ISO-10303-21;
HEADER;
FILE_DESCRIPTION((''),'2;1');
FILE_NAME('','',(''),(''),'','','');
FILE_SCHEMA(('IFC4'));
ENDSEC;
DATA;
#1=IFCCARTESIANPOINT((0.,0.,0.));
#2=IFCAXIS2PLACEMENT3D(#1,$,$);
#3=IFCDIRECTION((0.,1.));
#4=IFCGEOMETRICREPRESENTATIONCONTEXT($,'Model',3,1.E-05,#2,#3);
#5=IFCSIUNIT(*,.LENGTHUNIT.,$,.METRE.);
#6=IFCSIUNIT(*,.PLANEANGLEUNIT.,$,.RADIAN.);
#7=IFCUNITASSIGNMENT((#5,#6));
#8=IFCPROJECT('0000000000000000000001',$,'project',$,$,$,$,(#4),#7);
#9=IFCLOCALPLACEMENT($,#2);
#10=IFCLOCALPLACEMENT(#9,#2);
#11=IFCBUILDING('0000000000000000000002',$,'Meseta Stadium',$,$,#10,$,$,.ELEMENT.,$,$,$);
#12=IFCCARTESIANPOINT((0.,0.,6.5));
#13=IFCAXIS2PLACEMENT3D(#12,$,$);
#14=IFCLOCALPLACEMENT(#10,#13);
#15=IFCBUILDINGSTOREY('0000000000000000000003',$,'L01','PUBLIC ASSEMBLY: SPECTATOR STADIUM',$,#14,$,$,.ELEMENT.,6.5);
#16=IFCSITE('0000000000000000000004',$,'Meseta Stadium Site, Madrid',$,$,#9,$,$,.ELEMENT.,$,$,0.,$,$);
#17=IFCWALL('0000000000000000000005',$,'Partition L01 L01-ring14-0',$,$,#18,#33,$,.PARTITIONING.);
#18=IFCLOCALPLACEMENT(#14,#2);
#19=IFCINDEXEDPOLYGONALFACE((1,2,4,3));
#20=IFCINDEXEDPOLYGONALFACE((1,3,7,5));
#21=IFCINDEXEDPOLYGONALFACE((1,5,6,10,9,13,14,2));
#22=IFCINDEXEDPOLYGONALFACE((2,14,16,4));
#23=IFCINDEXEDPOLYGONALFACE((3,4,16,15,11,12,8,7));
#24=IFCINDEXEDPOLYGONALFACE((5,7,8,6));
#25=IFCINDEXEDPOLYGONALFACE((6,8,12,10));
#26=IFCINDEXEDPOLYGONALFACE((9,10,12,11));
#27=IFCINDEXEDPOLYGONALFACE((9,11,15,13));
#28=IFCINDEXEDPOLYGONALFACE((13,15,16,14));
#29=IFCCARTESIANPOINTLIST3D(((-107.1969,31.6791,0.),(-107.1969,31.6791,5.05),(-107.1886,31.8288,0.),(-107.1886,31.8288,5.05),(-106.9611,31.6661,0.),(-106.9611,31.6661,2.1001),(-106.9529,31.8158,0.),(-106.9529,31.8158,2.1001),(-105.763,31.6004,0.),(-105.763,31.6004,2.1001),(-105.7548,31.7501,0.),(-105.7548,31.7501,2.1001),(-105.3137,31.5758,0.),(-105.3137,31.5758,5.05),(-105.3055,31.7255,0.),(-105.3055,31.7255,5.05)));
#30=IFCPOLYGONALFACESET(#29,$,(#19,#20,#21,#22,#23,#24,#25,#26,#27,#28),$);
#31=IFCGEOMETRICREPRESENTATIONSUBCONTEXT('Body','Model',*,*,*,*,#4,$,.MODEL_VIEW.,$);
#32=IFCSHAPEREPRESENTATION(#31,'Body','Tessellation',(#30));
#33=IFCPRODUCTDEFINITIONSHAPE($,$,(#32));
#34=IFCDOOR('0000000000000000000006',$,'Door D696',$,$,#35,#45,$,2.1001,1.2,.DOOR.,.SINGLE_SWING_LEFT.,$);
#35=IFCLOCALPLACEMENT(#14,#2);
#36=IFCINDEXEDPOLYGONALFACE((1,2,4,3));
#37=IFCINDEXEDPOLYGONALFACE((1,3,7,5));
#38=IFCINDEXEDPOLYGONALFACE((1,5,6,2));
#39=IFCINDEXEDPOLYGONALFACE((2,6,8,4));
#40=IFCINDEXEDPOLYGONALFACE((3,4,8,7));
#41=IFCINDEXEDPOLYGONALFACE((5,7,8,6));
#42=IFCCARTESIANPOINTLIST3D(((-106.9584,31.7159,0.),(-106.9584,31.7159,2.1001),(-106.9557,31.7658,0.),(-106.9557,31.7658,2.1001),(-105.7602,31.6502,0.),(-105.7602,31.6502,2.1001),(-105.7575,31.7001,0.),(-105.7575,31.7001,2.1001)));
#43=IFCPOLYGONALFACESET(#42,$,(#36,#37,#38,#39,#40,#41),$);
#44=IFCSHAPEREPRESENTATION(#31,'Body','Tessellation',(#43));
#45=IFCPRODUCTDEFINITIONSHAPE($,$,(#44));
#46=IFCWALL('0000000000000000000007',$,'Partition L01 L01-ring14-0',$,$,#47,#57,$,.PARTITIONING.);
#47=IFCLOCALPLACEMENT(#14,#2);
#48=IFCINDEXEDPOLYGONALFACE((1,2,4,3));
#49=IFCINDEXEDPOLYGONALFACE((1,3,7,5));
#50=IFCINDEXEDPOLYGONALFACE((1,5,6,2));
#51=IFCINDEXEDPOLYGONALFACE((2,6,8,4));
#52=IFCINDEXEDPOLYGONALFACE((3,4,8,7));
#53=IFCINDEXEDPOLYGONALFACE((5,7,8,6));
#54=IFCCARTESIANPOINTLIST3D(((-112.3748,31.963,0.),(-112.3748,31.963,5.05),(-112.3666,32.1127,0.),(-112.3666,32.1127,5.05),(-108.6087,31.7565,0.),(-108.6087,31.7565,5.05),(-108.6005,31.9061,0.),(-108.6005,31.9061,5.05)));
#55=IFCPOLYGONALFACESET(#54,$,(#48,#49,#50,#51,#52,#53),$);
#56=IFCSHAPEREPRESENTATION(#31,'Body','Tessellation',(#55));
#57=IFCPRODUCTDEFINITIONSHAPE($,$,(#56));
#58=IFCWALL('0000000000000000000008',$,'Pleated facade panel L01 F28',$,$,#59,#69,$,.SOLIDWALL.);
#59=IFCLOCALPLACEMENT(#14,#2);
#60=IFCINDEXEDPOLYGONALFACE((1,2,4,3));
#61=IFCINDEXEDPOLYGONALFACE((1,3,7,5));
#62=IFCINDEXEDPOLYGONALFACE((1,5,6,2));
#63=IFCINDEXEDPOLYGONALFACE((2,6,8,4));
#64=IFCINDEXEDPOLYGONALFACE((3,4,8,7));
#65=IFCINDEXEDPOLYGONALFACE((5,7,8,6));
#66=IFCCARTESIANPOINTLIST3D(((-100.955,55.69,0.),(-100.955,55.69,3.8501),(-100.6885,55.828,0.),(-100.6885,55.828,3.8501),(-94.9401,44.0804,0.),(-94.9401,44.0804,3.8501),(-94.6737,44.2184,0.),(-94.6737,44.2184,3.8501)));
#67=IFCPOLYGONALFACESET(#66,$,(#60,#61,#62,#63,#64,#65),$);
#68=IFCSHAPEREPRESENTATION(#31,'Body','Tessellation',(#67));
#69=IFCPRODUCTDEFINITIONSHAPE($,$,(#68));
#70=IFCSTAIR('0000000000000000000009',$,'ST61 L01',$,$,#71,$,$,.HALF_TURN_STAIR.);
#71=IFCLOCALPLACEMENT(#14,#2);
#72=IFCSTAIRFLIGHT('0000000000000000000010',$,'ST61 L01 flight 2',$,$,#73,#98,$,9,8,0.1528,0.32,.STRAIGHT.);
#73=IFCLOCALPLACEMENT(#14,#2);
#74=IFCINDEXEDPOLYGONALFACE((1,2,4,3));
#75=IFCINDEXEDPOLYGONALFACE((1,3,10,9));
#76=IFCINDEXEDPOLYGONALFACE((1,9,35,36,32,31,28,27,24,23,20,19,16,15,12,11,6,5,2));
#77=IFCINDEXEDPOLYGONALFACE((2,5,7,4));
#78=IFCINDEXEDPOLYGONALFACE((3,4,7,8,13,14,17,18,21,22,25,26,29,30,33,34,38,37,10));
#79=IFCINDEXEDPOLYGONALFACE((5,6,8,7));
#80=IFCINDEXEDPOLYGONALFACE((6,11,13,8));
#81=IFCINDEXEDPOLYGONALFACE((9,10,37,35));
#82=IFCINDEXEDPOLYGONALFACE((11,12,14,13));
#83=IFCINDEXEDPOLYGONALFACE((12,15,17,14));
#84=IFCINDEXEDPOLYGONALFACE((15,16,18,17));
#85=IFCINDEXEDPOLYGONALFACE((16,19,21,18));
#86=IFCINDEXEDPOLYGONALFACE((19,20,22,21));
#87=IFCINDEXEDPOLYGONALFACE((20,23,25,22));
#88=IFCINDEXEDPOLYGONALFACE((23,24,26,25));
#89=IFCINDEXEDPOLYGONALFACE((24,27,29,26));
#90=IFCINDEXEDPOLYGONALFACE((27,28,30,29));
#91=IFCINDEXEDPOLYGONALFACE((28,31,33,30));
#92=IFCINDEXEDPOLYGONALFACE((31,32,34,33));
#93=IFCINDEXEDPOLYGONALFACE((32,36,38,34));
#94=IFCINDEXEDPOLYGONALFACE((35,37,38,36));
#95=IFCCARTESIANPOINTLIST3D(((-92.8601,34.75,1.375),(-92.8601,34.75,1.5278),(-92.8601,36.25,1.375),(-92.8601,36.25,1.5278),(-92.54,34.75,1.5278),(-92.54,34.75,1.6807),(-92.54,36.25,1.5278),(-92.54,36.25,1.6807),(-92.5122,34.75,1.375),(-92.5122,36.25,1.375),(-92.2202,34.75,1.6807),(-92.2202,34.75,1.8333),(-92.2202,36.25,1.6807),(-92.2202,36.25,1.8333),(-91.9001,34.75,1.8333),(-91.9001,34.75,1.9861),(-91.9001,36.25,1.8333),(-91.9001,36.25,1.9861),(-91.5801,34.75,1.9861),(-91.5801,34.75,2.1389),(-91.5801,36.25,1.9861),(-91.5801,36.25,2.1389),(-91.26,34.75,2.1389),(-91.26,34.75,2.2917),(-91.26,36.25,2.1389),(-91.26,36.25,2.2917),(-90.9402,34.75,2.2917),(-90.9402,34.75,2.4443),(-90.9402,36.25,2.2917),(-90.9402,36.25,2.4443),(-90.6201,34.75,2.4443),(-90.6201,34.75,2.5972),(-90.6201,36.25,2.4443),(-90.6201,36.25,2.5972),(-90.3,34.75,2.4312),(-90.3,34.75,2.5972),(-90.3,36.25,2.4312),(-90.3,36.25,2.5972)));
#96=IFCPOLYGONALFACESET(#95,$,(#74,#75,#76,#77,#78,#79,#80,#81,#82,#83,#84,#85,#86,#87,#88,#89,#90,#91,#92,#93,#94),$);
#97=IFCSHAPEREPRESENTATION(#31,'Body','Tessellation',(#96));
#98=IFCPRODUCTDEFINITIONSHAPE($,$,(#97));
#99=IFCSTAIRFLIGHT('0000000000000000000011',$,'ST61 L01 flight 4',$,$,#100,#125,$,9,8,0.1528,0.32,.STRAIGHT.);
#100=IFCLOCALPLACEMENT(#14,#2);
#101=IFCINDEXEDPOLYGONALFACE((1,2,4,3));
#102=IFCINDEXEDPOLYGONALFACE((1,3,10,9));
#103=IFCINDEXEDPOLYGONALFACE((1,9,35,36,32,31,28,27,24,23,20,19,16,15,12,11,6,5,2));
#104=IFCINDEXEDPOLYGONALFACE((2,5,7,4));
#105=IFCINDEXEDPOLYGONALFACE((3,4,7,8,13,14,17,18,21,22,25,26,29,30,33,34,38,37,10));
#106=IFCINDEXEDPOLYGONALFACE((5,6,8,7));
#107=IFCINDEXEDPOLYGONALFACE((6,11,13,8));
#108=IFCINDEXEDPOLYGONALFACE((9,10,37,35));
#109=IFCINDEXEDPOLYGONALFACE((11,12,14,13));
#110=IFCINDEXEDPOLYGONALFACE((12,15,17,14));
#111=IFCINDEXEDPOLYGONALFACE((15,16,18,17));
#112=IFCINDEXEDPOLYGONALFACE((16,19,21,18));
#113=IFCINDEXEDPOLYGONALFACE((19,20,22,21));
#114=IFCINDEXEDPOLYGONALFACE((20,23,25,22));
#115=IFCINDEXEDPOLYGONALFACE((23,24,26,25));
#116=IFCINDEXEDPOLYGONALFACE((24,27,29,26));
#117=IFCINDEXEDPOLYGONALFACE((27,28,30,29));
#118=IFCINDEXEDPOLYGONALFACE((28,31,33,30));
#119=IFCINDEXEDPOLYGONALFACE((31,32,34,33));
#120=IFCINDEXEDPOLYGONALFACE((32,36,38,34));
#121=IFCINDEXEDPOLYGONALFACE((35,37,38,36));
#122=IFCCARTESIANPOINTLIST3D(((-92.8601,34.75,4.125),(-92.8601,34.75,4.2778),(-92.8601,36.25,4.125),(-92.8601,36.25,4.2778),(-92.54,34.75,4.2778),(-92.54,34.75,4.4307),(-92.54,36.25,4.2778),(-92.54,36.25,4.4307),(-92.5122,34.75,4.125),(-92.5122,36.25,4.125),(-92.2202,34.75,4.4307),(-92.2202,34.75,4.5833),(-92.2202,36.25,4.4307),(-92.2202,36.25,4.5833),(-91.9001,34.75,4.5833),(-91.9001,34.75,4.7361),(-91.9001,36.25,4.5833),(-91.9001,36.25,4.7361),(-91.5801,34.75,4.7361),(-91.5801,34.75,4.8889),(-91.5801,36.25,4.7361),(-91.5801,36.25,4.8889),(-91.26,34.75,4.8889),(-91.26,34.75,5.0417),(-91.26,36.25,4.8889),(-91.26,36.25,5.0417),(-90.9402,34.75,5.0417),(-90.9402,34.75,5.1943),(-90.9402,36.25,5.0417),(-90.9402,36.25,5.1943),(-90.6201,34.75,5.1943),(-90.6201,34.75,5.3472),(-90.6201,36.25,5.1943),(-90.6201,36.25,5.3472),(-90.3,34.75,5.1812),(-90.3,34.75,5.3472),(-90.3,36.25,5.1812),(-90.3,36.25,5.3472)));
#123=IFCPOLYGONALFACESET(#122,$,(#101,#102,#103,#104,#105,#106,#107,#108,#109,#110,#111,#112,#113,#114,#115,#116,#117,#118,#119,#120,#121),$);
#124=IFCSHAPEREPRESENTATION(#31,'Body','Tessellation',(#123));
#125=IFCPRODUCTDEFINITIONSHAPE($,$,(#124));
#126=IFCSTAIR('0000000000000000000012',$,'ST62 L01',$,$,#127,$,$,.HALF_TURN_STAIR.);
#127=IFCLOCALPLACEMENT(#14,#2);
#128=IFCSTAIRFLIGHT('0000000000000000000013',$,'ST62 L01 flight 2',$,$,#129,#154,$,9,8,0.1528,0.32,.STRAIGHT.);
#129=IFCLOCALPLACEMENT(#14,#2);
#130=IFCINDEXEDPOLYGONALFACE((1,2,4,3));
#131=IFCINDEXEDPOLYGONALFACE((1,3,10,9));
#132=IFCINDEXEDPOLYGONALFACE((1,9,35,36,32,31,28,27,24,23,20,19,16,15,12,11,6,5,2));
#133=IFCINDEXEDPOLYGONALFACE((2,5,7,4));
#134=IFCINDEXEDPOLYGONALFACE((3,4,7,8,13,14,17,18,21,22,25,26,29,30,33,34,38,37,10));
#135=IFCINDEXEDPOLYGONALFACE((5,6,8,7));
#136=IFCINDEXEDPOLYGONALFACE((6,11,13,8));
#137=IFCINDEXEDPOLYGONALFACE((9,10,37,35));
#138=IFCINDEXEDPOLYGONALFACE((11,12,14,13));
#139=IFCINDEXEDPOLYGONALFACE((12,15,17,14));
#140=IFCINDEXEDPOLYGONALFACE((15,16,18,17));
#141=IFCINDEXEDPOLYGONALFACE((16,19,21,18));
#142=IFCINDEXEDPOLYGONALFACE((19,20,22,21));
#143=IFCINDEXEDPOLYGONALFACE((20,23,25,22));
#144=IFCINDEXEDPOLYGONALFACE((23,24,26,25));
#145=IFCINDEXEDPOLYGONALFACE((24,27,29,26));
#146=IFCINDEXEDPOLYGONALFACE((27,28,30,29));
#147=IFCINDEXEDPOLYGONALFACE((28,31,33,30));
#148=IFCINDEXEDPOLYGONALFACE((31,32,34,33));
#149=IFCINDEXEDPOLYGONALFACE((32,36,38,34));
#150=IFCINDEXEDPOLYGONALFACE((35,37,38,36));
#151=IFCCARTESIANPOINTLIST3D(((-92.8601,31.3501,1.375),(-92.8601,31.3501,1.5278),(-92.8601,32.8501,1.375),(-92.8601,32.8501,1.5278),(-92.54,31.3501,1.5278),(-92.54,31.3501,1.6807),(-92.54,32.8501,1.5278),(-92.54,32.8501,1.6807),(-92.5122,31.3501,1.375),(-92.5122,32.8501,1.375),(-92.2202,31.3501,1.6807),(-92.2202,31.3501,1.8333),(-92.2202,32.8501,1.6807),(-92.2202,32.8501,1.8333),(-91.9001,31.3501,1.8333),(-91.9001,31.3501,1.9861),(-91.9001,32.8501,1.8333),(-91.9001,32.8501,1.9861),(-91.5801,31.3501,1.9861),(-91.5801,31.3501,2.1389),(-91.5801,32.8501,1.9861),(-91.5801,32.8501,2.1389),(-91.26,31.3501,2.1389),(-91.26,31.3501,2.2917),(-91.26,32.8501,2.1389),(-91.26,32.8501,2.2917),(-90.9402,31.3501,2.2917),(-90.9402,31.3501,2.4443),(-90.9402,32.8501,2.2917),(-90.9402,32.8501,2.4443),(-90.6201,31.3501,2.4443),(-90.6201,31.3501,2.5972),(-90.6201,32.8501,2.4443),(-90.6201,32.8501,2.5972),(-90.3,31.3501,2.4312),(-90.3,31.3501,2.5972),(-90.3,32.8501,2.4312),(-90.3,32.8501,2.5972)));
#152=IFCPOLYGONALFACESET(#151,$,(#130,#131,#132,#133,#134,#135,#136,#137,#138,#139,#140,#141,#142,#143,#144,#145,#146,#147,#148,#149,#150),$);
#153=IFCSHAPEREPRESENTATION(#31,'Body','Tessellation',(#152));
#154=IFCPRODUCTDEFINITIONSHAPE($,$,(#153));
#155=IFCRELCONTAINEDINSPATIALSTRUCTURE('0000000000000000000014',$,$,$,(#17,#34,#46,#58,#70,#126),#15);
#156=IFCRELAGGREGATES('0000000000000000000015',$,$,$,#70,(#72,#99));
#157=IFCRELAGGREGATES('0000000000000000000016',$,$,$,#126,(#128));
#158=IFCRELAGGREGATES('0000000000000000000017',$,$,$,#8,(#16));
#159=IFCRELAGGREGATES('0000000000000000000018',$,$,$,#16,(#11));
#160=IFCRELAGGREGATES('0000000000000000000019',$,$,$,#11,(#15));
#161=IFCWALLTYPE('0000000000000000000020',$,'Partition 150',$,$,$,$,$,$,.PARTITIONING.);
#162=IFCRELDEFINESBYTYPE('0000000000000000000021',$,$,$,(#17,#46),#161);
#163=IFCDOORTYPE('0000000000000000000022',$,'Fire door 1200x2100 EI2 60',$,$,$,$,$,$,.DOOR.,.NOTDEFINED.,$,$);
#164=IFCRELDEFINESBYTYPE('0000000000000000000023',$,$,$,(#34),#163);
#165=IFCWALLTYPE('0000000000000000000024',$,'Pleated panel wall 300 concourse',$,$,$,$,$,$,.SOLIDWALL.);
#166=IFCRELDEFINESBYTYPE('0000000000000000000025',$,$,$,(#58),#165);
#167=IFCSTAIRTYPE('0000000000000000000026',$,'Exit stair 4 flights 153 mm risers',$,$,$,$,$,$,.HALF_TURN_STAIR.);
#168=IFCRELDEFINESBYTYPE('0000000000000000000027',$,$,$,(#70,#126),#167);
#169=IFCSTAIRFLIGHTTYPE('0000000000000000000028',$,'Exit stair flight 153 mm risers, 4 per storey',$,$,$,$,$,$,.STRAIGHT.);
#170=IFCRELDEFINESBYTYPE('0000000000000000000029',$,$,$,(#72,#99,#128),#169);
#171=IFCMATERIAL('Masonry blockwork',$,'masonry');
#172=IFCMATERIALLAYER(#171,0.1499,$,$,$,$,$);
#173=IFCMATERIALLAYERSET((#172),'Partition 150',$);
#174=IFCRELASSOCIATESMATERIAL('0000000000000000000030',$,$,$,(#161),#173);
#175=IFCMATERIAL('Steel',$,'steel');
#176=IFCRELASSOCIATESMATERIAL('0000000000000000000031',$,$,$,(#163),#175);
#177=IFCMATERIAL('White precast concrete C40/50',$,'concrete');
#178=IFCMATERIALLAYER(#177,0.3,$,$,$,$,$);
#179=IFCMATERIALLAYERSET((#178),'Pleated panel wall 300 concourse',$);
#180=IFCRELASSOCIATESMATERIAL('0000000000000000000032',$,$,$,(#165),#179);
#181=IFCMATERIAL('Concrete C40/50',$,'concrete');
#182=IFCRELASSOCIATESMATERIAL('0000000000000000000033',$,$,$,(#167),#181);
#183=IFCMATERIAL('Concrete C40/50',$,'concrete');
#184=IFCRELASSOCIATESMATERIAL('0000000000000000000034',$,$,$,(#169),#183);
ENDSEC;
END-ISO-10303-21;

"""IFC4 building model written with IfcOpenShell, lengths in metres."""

from ifc_helpers import new_model, si_unit, direction, frame, frame_2d, origin, place, context, subcontext, project, spatial, polyline, rectangle, outline, extrude, material, layer, layer_set, type_object, element, fill, aggregate, save


model = new_model("IFC4")

# Units and contexts
model_context = context("Model", 3, precision=1e-05, world=origin(), true_north=direction((0.0, 1.0)))
body_context = subcontext(model_context, "Body", "Model", "MODEL_VIEW")
ifc_project = project(units=[si_unit("LENGTHUNIT", "METRE"), si_unit("PLANEANGLEUNIT", "RADIAN")], contexts=[model_context])

# Site, building, storey
site_placement = place(None, origin())
site = spatial("IfcSite", under=ifc_project, at=site_placement, Name="Meseta Stadium Site, Madrid", CompositionType="ELEMENT", RefElevation=0.0)
building_placement = place(site_placement, origin())
building = spatial("IfcBuilding", under=site, at=building_placement, Name="Meseta Stadium", CompositionType="ELEMENT")
storey_placement = place(building_placement, frame((0.0, 0.0, 6.5)))
storey = spatial("IfcBuildingStorey", under=building, at=storey_placement, Name="L01", Description="PUBLIC ASSEMBLY: SPECTATOR STADIUM", CompositionType="ELEMENT", Elevation=6.5)

# Wall, opening, door
ifc_material_1 = material(Name="Masonry blockwork", Category="masonry")
ifc_layer_1 = layer(ifc_material_1, 0.1499)
ifc_layer_set_1 = layer_set([ifc_layer_1], Name="Partition 150")
wall_type_1 = type_object("IfcWallType", Name="Partition 150", PredefinedType="PARTITIONING", material=ifc_layer_set_1)
wall_1_placement = place(storey_placement, frame((-107.1926, 31.7539, 0.0), z_axis=(0.0, 0.0, 1.0), x_axis=(0.9985, -0.05476, 0.0)))
wall_1 = element("IfcWall", 1, at=wall_1_placement, inside=storey, type_object=wall_type_1, Name="Partition L01 L01-ring14-0", PredefinedType="PARTITIONING", context=body_context, shape_type="SweptSolid", body=[
    extrude(rectangle(XDim=1.886, YDim=0.1499, at=frame_2d((0.9429, 0.0))), origin(), (0.0, 0.0, 1.0), 5.05),
])
opening_1_placement = place(wall_1_placement, frame((0.2358, 0.0, 0.0)))
opening_1 = element("IfcOpeningElement", 2, at=opening_1_placement, cuts=wall_1, PredefinedType="OPENING", context=body_context, shape_type="SweptSolid", body=[
    extrude(rectangle(XDim=1.2, YDim=2.1001, at=frame_2d((0.6001, 1.05))), frame((0.0, 0.085, 0.0), z_axis=(0.0, -1.0, 0.0), x_axis=(1.0, 0.0, 0.0)), (0.0, 0.0, 1.0), 0.1699),
])
ifc_material_2 = material(Name="Steel", Category="steel")
door_type_1 = type_object("IfcDoorType", Name="Fire door 1200x2100 EI2 60", OperationType="NOTDEFINED", PredefinedType="DOOR", material=ifc_material_2)
door_1_placement = place(opening_1_placement, origin())
door_1 = element("IfcDoor", 3, at=door_1_placement, inside=storey, type_object=door_type_1, Name="Door D696", OperationType="SINGLE_SWING_LEFT", OverallHeight=2.1001, OverallWidth=1.2, PredefinedType="DOOR", context=body_context, shape_type="SweptSolid", body=[
    extrude(rectangle(XDim=1.2, YDim=2.1001, at=frame_2d((0.6001, 1.05))), frame((0.0, 0.0249, 0.0), z_axis=(0.0, -1.0, 0.0), x_axis=(1.0, 0.0, 0.0)), (0.0, 0.0, 1.0), 0.05),
])
fill(opening_1, door_1)

# Walls
wall_2_placement = place(storey_placement, frame((-108.6047, 31.8313, 0.0), z_axis=(0.0, 0.0, 1.0), x_axis=(-0.9985, 0.05476, 0.0)))
element("IfcWall", 4, at=wall_2_placement, inside=storey, type_object=wall_type_1, Name="Partition L01 L01-ring14-0", PredefinedType="PARTITIONING", context=body_context, shape_type="SweptSolid", body=[
    extrude(rectangle(XDim=3.7717, YDim=0.1499, at=frame_2d((1.8857, 0.0))), origin(), (0.0, 0.0, 1.0), 5.05),
])
ifc_material_3 = material(Name="White precast concrete C40/50", Category="concrete")
ifc_layer_2 = layer(ifc_material_3, 0.3)
ifc_layer_set_2 = layer_set([ifc_layer_2], Name="Pleated panel wall 300 concourse")
wall_type_2 = type_object("IfcWallType", Name="Pleated panel wall 300 concourse", PredefinedType="SOLIDWALL", material=ifc_layer_set_2)
wall_3_placement = place(storey_placement, frame((-94.8069, 44.1494, 0.0), z_axis=(0.0, 0.0, 1.0), x_axis=(-0.460021, 0.887908, 0.0)))
element("IfcWall", 5, at=wall_3_placement, inside=storey, type_object=wall_type_2, Name="Pleated facade panel L01 F28", PredefinedType="SOLIDWALL", context=body_context, shape_type="SweptSolid", body=[
    extrude(rectangle(XDim=13.0752, YDim=0.3, at=frame_2d((6.5376, 0.0))), origin(), (0.0, 0.0, 1.0), 3.8501),
])

# Stairs, stair flights
ifc_material_4 = material(Name="Concrete C40/50", Category="concrete")
stair_type = type_object("IfcStairType", Name="Exit stair 4 flights 153 mm risers", PredefinedType="HALF_TURN_STAIR", material=ifc_material_4)
stair_1_placement = place(storey_placement, origin())
stair_1 = element("IfcStair", 6, at=stair_1_placement, inside=storey, type_object=stair_type, Name="ST61 L01", PredefinedType="HALF_TURN_STAIR")
ifc_material_5 = material(Name="Concrete C40/50", Category="concrete")
stair_flight_type = type_object("IfcStairFlightType", Name="Exit stair flight 153 mm risers, 4 per storey", PredefinedType="STRAIGHT", material=ifc_material_5)
stair_flight_1_placement = place(storey_placement, frame((-92.8601, 35.5, 1.375), z_axis=(0.0, 0.0, 1.0), x_axis=(1.0, 0.0, 0.0)))
stair_flight_1 = element("IfcStairFlight", 7, at=stair_flight_1_placement, type_object=stair_flight_type, Name="ST61 L01 flight 2", NumberOfRisers=9, NumberOfTreads=8, PredefinedType="STRAIGHT", RiserHeight=0.1528, TreadLength=0.32, context=body_context, shape_type="SweptSolid", body=[
    extrude(outline(polyline([(0.0, 0.0), (0.0, 0.1528), (0.3201, 0.1528), (0.3201, 0.3057), (0.6399, 0.3057), (0.6399, 0.4583), (0.96, 0.4583), (0.96, 0.6111), (1.28, 0.6111), (1.28, 0.7639), (1.6001, 0.7639), (1.6001, 0.9167), (1.9199, 0.9167), (1.9199, 1.0693), (2.24, 1.0693), (2.24, 1.2222), (2.5601, 1.2222), (2.5601, 1.0562), (0.3479, 0.0), (0.0, 0.0)])), frame((0.0, 0.75, 0.0), z_axis=(0.0, -1.0, 0.0), x_axis=(1.0, 0.0, 0.0)), (0.0, 0.0, 1.0), 1.5),
])
stair_flight_2_placement = place(storey_placement, frame((-92.8601, 35.5, 4.125), z_axis=(0.0, 0.0, 1.0), x_axis=(1.0, 0.0, 0.0)))
stair_flight_2 = element("IfcStairFlight", 8, at=stair_flight_2_placement, type_object=stair_flight_type, Name="ST61 L01 flight 4", NumberOfRisers=9, NumberOfTreads=8, PredefinedType="STRAIGHT", RiserHeight=0.1528, TreadLength=0.32, context=body_context, shape_type="SweptSolid", body=[
    extrude(outline(polyline([(0.0, 0.0), (0.0, 0.1528), (0.3201, 0.1528), (0.3201, 0.3057), (0.6399, 0.3057), (0.6399, 0.4583), (0.96, 0.4583), (0.96, 0.6111), (1.28, 0.6111), (1.28, 0.7639), (1.6001, 0.7639), (1.6001, 0.9167), (1.9199, 0.9167), (1.9199, 1.0693), (2.24, 1.0693), (2.24, 1.2222), (2.5601, 1.2222), (2.5601, 1.0562), (0.3479, 0.0), (0.0, 0.0)])), frame((0.0, 0.75, 0.0), z_axis=(0.0, -1.0, 0.0), x_axis=(1.0, 0.0, 0.0)), (0.0, 0.0, 1.0), 1.5),
])
aggregate(stair_1, [stair_flight_1, stair_flight_2])
stair_2_placement = place(storey_placement, origin())
stair_2 = element("IfcStair", 9, at=stair_2_placement, inside=storey, type_object=stair_type, Name="ST62 L01", PredefinedType="HALF_TURN_STAIR")
stair_flight_3_placement = place(storey_placement, frame((-92.8601, 32.1001, 1.375), z_axis=(0.0, 0.0, 1.0), x_axis=(1.0, 0.0, 0.0)))
stair_flight_3 = element("IfcStairFlight", 10, at=stair_flight_3_placement, type_object=stair_flight_type, Name="ST62 L01 flight 2", NumberOfRisers=9, NumberOfTreads=8, PredefinedType="STRAIGHT", RiserHeight=0.1528, TreadLength=0.32, context=body_context, shape_type="SweptSolid", body=[
    extrude(outline(polyline([(0.0, 0.0), (0.0, 0.1528), (0.3201, 0.1528), (0.3201, 0.3057), (0.6399, 0.3057), (0.6399, 0.4583), (0.96, 0.4583), (0.96, 0.6111), (1.28, 0.6111), (1.28, 0.7639), (1.6001, 0.7639), (1.6001, 0.9167), (1.9199, 0.9167), (1.9199, 1.0693), (2.24, 1.0693), (2.24, 1.2222), (2.5601, 1.2222), (2.5601, 1.0562), (0.3479, 0.0), (0.0, 0.0)])), frame((0.0, 0.75, 0.0), z_axis=(0.0, -1.0, 0.0), x_axis=(1.0, 0.0, 0.0)), (0.0, 0.0, 1.0), 1.5),
])
aggregate(stair_2, [stair_flight_3])

save(model, "model.ifc")
